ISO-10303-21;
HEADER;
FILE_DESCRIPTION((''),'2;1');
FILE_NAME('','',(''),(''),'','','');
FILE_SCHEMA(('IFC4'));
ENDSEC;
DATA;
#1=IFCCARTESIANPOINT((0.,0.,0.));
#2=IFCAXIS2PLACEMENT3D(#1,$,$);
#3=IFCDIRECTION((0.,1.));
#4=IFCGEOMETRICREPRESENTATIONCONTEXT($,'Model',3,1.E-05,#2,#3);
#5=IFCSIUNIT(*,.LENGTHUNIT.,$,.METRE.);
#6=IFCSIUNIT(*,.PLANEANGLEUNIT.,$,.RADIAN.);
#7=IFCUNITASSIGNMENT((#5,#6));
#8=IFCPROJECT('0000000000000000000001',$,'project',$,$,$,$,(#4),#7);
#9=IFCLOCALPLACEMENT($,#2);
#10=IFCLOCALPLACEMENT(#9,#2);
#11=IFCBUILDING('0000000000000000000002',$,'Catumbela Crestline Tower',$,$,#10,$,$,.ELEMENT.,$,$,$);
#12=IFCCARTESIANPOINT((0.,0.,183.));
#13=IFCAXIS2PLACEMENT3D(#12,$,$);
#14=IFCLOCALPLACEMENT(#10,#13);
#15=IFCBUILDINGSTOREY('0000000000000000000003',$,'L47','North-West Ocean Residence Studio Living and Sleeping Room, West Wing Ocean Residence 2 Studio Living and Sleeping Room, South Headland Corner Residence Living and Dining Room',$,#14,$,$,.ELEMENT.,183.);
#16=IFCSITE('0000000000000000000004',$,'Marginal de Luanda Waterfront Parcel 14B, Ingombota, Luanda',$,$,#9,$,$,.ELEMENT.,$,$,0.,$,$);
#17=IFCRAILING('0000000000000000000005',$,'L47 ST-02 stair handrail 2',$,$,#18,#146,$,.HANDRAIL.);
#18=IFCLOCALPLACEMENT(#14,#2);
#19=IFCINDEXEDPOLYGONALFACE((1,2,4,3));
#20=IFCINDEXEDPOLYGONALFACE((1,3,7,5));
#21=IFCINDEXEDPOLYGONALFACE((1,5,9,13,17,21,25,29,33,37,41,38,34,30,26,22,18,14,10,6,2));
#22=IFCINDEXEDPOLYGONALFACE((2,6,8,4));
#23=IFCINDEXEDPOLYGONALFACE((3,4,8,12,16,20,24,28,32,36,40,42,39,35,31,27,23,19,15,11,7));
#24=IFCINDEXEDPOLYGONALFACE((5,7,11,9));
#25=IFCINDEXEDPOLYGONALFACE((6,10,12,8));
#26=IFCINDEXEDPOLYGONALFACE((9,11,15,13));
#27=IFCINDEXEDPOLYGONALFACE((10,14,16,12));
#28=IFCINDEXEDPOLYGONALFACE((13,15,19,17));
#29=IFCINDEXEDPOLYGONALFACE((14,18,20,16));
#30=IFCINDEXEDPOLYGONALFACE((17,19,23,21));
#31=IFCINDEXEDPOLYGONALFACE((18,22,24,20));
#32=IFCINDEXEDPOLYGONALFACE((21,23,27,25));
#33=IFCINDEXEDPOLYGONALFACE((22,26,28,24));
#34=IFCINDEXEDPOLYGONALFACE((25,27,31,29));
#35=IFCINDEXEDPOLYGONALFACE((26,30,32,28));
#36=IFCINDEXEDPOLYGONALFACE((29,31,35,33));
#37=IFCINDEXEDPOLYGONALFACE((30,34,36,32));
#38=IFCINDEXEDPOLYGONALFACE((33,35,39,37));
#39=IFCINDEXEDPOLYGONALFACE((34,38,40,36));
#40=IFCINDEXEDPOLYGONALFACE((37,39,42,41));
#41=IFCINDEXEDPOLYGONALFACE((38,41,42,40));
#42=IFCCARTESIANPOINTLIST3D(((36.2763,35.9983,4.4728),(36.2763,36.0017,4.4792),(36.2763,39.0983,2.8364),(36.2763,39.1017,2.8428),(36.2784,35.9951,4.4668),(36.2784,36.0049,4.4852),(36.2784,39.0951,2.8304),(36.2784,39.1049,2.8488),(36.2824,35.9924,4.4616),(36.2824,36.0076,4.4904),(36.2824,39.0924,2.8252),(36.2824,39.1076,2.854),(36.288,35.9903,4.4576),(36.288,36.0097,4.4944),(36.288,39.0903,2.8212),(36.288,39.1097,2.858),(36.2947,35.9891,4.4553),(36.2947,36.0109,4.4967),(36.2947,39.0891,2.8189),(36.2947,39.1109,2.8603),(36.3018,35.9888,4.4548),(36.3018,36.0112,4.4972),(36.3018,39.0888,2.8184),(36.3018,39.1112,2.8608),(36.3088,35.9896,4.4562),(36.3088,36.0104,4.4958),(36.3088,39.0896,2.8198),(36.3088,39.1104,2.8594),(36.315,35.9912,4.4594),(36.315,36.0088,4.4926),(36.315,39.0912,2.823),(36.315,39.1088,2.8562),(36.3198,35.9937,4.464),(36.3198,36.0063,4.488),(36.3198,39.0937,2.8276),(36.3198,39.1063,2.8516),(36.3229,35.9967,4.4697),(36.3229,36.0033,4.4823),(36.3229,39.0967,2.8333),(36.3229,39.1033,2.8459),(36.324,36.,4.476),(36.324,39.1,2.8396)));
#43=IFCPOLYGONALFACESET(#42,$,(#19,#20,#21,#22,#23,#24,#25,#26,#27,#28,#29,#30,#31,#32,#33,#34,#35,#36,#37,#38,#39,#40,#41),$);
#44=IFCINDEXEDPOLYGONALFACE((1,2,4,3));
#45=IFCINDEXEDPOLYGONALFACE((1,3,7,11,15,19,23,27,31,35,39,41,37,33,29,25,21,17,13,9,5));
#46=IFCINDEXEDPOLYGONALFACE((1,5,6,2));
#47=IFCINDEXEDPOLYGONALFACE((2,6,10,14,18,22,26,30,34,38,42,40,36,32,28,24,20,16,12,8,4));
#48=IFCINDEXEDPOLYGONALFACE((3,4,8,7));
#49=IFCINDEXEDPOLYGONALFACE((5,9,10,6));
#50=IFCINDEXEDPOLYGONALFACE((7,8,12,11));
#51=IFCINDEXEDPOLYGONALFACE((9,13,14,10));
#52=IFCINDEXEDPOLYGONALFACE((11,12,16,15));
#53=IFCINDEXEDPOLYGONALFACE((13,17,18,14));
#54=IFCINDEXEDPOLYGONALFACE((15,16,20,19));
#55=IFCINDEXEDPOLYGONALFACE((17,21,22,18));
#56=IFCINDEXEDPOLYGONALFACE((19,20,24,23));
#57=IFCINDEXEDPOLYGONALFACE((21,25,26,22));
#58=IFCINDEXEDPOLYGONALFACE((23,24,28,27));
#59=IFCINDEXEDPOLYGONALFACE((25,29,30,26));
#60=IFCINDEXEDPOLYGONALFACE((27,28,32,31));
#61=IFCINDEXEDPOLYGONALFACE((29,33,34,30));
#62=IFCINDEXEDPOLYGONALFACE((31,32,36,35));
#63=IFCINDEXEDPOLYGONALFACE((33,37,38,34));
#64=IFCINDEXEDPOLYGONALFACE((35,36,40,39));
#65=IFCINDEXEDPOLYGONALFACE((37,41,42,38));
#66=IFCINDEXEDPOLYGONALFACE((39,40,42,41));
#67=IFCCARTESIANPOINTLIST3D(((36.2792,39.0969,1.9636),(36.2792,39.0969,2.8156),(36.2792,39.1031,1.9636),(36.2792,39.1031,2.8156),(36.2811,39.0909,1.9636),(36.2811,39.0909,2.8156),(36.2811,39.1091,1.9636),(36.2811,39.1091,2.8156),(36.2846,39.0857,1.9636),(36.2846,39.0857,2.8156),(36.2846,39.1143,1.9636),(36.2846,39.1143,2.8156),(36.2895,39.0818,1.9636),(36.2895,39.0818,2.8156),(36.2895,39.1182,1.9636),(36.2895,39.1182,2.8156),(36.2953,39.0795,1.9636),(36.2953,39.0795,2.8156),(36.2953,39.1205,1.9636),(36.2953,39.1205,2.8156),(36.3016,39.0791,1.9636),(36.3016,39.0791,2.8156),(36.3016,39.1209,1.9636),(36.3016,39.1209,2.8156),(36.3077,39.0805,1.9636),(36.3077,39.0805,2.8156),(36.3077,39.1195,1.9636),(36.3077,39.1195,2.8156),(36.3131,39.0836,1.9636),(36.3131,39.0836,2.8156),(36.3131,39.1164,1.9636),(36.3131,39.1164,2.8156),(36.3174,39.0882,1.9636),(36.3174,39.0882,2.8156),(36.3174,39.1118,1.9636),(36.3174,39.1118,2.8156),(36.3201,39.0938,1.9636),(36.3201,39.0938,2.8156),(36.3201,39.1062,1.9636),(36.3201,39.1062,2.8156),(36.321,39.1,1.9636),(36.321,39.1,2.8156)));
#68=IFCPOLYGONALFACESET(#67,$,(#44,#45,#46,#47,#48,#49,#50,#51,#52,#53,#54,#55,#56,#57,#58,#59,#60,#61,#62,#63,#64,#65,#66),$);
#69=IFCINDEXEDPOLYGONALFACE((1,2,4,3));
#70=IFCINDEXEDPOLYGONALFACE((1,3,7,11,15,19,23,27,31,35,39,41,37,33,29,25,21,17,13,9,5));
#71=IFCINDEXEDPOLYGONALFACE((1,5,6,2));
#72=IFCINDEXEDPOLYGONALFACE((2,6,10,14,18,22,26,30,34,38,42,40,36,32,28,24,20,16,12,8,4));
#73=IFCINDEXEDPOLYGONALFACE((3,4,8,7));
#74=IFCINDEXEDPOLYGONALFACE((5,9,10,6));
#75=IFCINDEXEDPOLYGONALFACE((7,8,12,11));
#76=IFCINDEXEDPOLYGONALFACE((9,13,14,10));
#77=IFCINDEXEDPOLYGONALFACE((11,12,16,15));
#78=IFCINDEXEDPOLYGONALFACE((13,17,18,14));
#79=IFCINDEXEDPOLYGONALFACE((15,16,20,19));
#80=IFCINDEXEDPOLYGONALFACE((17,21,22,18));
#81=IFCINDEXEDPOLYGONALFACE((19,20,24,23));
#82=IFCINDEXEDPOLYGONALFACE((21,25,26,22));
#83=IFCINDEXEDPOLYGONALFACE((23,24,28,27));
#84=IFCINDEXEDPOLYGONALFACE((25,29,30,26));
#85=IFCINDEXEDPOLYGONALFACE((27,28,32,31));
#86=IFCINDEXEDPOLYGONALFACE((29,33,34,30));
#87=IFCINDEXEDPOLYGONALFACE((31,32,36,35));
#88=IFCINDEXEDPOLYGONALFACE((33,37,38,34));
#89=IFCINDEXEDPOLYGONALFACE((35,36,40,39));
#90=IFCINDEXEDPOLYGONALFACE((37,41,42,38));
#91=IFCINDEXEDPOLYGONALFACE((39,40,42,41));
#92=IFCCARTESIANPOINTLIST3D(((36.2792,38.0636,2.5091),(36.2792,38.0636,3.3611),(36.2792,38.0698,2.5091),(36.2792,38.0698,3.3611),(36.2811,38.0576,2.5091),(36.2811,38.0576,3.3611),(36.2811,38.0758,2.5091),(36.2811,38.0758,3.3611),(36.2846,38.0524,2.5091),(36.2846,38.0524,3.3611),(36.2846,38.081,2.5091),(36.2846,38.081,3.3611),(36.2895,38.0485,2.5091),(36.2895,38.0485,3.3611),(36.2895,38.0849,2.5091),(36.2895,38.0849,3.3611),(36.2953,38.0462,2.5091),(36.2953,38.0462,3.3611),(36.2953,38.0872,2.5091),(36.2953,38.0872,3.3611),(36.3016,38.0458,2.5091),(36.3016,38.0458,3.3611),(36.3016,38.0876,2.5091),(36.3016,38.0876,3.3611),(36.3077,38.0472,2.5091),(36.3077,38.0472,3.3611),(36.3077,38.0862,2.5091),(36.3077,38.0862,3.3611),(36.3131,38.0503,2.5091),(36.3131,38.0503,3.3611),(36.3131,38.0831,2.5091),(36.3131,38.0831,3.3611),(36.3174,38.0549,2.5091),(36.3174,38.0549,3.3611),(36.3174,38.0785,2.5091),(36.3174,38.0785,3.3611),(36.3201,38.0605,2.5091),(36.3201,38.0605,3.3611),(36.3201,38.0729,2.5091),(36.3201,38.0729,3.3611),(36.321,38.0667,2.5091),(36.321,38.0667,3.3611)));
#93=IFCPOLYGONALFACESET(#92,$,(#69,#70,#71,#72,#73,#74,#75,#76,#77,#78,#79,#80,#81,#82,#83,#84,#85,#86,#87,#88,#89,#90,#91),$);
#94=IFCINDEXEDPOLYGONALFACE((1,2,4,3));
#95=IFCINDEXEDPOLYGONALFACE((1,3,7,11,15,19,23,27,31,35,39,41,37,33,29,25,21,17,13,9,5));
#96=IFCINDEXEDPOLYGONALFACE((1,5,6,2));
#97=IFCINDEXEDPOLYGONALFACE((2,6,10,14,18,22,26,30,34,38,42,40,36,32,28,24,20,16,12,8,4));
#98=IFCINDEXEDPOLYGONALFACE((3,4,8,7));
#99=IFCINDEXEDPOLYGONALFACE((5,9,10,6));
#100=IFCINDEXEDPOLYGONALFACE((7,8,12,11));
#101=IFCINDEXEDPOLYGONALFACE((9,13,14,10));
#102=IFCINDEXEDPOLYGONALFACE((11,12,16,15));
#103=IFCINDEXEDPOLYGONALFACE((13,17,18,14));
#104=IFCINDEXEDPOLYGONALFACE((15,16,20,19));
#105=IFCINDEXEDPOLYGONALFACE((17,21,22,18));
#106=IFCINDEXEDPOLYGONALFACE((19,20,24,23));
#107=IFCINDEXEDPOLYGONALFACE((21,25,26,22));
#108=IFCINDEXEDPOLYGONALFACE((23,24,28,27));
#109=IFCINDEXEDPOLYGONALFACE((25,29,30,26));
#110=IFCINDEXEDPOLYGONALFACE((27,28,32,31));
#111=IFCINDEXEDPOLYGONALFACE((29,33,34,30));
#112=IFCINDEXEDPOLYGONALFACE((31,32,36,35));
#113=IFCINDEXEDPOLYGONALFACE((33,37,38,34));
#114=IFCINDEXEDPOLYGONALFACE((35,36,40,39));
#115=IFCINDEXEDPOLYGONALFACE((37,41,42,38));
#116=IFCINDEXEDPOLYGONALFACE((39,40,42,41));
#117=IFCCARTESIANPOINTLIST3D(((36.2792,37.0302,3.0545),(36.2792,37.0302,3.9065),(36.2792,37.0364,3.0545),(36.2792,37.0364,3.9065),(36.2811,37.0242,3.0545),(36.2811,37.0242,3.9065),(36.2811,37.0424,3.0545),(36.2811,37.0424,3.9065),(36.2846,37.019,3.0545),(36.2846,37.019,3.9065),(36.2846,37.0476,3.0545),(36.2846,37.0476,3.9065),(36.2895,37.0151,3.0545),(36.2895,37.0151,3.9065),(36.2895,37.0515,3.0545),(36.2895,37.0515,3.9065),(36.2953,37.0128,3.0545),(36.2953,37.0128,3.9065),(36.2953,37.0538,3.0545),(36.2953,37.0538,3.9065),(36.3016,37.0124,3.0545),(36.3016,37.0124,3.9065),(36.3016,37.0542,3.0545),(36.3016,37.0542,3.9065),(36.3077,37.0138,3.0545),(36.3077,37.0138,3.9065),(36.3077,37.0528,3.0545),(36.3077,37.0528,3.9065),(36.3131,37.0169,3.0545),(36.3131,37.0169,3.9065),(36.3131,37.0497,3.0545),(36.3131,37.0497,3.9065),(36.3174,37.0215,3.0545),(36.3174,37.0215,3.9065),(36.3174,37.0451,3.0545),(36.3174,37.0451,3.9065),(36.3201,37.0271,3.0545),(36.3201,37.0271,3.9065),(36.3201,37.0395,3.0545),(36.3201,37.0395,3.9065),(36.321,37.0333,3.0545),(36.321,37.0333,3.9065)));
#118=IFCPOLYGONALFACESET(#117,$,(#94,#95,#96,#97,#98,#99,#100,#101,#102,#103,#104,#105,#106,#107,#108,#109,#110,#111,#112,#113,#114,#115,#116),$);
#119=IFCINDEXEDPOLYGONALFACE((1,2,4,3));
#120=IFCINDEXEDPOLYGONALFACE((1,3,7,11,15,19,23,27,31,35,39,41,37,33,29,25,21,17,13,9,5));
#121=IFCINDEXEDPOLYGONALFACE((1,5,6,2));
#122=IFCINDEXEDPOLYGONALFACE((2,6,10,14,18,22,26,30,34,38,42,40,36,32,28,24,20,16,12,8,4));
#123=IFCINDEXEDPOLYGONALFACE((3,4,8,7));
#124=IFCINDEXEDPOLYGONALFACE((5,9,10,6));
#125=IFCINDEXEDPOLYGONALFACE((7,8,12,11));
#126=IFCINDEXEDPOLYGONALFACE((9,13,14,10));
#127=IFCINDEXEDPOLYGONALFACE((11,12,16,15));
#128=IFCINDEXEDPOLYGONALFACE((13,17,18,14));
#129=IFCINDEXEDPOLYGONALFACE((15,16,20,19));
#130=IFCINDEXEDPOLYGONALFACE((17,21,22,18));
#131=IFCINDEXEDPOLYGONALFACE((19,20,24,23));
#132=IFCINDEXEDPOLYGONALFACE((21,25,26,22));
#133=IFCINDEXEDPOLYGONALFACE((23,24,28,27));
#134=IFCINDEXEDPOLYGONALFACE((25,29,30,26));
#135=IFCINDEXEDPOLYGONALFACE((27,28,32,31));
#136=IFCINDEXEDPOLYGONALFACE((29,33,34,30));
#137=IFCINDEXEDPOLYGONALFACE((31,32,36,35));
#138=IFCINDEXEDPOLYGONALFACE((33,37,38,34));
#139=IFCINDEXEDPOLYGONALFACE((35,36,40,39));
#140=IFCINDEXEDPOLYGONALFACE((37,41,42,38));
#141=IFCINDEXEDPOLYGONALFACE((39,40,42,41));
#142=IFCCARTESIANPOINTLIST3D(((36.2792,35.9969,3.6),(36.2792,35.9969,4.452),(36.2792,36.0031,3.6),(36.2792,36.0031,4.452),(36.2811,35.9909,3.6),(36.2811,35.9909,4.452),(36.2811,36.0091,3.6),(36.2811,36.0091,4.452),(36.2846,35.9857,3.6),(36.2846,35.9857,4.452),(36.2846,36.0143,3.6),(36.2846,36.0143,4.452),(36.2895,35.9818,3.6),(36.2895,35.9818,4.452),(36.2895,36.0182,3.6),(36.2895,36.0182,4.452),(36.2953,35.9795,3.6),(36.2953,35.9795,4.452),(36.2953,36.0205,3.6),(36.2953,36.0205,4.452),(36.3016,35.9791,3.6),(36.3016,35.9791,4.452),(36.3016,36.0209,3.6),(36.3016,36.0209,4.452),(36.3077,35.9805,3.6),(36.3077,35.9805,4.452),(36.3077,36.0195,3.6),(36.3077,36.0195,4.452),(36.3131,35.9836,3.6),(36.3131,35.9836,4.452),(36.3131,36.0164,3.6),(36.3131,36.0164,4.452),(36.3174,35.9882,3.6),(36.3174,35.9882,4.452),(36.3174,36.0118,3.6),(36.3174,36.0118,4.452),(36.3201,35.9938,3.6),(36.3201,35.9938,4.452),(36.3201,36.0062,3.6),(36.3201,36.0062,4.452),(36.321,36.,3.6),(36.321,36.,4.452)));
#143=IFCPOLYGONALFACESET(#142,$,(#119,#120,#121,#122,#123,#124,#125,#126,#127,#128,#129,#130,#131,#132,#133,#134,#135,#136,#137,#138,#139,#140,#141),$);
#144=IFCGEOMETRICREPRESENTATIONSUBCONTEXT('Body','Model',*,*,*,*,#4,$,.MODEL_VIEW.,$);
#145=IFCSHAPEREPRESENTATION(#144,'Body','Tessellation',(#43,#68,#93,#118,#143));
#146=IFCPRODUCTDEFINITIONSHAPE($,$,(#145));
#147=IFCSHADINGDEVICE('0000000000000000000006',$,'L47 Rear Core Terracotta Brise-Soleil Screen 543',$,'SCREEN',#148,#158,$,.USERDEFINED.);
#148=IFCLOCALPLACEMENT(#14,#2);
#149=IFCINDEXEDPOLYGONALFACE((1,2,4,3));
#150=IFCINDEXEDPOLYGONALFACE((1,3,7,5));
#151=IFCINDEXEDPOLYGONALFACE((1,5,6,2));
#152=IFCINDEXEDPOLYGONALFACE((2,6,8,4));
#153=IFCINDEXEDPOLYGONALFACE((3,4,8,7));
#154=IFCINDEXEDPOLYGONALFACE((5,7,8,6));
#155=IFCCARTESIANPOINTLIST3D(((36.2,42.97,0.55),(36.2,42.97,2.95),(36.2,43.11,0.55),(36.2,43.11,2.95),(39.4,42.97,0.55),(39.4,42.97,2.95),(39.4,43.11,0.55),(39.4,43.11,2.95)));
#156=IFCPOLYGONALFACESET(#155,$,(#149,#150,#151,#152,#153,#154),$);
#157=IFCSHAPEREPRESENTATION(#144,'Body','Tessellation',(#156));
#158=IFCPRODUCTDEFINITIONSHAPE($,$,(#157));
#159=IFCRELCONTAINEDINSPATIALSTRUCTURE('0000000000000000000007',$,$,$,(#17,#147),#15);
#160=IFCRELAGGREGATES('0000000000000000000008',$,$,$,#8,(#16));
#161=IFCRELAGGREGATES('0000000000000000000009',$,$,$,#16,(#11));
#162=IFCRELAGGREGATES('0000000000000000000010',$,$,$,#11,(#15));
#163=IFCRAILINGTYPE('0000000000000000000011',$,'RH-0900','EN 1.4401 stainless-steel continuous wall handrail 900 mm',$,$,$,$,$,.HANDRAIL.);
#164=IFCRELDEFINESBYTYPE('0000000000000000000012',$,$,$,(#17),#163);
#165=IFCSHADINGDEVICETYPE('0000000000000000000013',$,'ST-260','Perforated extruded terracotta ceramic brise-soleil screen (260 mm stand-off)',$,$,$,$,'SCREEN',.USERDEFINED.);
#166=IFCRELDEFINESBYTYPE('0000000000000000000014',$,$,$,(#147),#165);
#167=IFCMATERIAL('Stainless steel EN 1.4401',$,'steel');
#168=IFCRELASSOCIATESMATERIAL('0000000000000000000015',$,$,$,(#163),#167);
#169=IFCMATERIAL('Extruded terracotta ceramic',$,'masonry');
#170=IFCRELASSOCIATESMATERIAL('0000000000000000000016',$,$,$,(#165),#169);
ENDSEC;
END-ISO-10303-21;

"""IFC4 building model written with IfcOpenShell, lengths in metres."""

from ifc_helpers import new_model, si_unit, direction, frame, origin, origin_2d, place, context, subcontext, project, spatial, rectangle, circle, extrude, material, type_object, element, save


model = new_model("IFC4")

# Units and contexts
model_context = context("Model", 3, precision=1e-05, world=origin(), true_north=direction((0.0, 1.0)))
body_context = subcontext(model_context, "Body", "Model", "MODEL_VIEW")
ifc_project = project(units=[si_unit("LENGTHUNIT", "METRE"), si_unit("PLANEANGLEUNIT", "RADIAN")], contexts=[model_context])

# Site, building, storey
site_placement = place(None, origin())
site = spatial("IfcSite", under=ifc_project, at=site_placement, Name="Marginal de Luanda Waterfront Parcel 14B, Ingombota, Luanda", CompositionType="ELEMENT", RefElevation=0.0)
building_placement = place(site_placement, origin())
building = spatial("IfcBuilding", under=site, at=building_placement, Name="Catumbela Crestline Tower", CompositionType="ELEMENT")
storey_placement = place(building_placement, frame((0.0, 0.0, 183.0)))
storey = spatial("IfcBuildingStorey", under=building, at=storey_placement, Name="L47", Description="North-West Ocean Residence Studio Living and Sleeping Room, West Wing Ocean Residence 2 Studio Living and Sleeping Room, South Headland Corner Residence Living and Dining Room", CompositionType="ELEMENT", Elevation=183.0)

# Shared definitions
ifc_material_1 = material(Name="Stainless steel EN 1.4401", Category="steel")

# Railing
railing_type_1 = type_object("IfcRailingType", Name="RH-0900", Description="EN 1.4401 stainless-steel continuous wall handrail 900 mm", PredefinedType="HANDRAIL", material=ifc_material_1)
railing_1_placement = place(storey_placement, frame((36.3, 39.1, 1.9636)))
element("IfcRailing", 1, at=railing_1_placement, inside=storey, type_object=railing_type_1, Name="L47 ST-02 stair handrail 2", PredefinedType="HANDRAIL", context=body_context, shape_type="SweptSolid", body=[
    extrude(circle(Radius=0.024, at=origin_2d()), frame((0.0, 0.0, 0.876), z_axis=(0.0, -0.884351, 0.466823), x_axis=(1.0, 0.0, 0.0)), (0.0, 0.0, 1.0), 3.5054),
    extrude(circle(Radius=0.021, at=origin_2d()), origin(), (0.0, 0.0, 1.0), 0.852),
    extrude(circle(Radius=0.021, at=origin_2d()), frame((0.0, -1.0333, 0.5455)), (0.0, 0.0, 1.0), 0.852),
    extrude(circle(Radius=0.021, at=origin_2d()), frame((0.0, -2.0667, 1.0909)), (0.0, 0.0, 1.0), 0.852),
    extrude(circle(Radius=0.021, at=origin_2d()), frame((0.0, -3.1, 1.6364)), (0.0, 0.0, 1.0), 0.852),
])

# Shading device
ifc_material_2 = material(Name="Extruded terracotta ceramic", Category="masonry")
shading_device_type = type_object("IfcShadingDeviceType", Name="ST-260", Description="Perforated extruded terracotta ceramic brise-soleil screen (260 mm stand-off)", ElementType="SCREEN", PredefinedType="USERDEFINED", material=ifc_material_2)
shading_device_placement = place(storey_placement, frame((37.8, 43.04, 0.55), z_axis=(0.0, 0.0, 1.0), x_axis=(1.0, 0.0, 0.0)))
element("IfcShadingDevice", 2, at=shading_device_placement, inside=storey, type_object=shading_device_type, Name="L47 Rear Core Terracotta Brise-Soleil Screen 543", ObjectType="SCREEN", PredefinedType="USERDEFINED", context=body_context, shape_type="SweptSolid", body=[
    extrude(rectangle(XDim=3.2, YDim=0.14, at=origin_2d()), origin(), (0.0, 0.0, 1.0), 2.4),
])

save(model, "model.ifc")
